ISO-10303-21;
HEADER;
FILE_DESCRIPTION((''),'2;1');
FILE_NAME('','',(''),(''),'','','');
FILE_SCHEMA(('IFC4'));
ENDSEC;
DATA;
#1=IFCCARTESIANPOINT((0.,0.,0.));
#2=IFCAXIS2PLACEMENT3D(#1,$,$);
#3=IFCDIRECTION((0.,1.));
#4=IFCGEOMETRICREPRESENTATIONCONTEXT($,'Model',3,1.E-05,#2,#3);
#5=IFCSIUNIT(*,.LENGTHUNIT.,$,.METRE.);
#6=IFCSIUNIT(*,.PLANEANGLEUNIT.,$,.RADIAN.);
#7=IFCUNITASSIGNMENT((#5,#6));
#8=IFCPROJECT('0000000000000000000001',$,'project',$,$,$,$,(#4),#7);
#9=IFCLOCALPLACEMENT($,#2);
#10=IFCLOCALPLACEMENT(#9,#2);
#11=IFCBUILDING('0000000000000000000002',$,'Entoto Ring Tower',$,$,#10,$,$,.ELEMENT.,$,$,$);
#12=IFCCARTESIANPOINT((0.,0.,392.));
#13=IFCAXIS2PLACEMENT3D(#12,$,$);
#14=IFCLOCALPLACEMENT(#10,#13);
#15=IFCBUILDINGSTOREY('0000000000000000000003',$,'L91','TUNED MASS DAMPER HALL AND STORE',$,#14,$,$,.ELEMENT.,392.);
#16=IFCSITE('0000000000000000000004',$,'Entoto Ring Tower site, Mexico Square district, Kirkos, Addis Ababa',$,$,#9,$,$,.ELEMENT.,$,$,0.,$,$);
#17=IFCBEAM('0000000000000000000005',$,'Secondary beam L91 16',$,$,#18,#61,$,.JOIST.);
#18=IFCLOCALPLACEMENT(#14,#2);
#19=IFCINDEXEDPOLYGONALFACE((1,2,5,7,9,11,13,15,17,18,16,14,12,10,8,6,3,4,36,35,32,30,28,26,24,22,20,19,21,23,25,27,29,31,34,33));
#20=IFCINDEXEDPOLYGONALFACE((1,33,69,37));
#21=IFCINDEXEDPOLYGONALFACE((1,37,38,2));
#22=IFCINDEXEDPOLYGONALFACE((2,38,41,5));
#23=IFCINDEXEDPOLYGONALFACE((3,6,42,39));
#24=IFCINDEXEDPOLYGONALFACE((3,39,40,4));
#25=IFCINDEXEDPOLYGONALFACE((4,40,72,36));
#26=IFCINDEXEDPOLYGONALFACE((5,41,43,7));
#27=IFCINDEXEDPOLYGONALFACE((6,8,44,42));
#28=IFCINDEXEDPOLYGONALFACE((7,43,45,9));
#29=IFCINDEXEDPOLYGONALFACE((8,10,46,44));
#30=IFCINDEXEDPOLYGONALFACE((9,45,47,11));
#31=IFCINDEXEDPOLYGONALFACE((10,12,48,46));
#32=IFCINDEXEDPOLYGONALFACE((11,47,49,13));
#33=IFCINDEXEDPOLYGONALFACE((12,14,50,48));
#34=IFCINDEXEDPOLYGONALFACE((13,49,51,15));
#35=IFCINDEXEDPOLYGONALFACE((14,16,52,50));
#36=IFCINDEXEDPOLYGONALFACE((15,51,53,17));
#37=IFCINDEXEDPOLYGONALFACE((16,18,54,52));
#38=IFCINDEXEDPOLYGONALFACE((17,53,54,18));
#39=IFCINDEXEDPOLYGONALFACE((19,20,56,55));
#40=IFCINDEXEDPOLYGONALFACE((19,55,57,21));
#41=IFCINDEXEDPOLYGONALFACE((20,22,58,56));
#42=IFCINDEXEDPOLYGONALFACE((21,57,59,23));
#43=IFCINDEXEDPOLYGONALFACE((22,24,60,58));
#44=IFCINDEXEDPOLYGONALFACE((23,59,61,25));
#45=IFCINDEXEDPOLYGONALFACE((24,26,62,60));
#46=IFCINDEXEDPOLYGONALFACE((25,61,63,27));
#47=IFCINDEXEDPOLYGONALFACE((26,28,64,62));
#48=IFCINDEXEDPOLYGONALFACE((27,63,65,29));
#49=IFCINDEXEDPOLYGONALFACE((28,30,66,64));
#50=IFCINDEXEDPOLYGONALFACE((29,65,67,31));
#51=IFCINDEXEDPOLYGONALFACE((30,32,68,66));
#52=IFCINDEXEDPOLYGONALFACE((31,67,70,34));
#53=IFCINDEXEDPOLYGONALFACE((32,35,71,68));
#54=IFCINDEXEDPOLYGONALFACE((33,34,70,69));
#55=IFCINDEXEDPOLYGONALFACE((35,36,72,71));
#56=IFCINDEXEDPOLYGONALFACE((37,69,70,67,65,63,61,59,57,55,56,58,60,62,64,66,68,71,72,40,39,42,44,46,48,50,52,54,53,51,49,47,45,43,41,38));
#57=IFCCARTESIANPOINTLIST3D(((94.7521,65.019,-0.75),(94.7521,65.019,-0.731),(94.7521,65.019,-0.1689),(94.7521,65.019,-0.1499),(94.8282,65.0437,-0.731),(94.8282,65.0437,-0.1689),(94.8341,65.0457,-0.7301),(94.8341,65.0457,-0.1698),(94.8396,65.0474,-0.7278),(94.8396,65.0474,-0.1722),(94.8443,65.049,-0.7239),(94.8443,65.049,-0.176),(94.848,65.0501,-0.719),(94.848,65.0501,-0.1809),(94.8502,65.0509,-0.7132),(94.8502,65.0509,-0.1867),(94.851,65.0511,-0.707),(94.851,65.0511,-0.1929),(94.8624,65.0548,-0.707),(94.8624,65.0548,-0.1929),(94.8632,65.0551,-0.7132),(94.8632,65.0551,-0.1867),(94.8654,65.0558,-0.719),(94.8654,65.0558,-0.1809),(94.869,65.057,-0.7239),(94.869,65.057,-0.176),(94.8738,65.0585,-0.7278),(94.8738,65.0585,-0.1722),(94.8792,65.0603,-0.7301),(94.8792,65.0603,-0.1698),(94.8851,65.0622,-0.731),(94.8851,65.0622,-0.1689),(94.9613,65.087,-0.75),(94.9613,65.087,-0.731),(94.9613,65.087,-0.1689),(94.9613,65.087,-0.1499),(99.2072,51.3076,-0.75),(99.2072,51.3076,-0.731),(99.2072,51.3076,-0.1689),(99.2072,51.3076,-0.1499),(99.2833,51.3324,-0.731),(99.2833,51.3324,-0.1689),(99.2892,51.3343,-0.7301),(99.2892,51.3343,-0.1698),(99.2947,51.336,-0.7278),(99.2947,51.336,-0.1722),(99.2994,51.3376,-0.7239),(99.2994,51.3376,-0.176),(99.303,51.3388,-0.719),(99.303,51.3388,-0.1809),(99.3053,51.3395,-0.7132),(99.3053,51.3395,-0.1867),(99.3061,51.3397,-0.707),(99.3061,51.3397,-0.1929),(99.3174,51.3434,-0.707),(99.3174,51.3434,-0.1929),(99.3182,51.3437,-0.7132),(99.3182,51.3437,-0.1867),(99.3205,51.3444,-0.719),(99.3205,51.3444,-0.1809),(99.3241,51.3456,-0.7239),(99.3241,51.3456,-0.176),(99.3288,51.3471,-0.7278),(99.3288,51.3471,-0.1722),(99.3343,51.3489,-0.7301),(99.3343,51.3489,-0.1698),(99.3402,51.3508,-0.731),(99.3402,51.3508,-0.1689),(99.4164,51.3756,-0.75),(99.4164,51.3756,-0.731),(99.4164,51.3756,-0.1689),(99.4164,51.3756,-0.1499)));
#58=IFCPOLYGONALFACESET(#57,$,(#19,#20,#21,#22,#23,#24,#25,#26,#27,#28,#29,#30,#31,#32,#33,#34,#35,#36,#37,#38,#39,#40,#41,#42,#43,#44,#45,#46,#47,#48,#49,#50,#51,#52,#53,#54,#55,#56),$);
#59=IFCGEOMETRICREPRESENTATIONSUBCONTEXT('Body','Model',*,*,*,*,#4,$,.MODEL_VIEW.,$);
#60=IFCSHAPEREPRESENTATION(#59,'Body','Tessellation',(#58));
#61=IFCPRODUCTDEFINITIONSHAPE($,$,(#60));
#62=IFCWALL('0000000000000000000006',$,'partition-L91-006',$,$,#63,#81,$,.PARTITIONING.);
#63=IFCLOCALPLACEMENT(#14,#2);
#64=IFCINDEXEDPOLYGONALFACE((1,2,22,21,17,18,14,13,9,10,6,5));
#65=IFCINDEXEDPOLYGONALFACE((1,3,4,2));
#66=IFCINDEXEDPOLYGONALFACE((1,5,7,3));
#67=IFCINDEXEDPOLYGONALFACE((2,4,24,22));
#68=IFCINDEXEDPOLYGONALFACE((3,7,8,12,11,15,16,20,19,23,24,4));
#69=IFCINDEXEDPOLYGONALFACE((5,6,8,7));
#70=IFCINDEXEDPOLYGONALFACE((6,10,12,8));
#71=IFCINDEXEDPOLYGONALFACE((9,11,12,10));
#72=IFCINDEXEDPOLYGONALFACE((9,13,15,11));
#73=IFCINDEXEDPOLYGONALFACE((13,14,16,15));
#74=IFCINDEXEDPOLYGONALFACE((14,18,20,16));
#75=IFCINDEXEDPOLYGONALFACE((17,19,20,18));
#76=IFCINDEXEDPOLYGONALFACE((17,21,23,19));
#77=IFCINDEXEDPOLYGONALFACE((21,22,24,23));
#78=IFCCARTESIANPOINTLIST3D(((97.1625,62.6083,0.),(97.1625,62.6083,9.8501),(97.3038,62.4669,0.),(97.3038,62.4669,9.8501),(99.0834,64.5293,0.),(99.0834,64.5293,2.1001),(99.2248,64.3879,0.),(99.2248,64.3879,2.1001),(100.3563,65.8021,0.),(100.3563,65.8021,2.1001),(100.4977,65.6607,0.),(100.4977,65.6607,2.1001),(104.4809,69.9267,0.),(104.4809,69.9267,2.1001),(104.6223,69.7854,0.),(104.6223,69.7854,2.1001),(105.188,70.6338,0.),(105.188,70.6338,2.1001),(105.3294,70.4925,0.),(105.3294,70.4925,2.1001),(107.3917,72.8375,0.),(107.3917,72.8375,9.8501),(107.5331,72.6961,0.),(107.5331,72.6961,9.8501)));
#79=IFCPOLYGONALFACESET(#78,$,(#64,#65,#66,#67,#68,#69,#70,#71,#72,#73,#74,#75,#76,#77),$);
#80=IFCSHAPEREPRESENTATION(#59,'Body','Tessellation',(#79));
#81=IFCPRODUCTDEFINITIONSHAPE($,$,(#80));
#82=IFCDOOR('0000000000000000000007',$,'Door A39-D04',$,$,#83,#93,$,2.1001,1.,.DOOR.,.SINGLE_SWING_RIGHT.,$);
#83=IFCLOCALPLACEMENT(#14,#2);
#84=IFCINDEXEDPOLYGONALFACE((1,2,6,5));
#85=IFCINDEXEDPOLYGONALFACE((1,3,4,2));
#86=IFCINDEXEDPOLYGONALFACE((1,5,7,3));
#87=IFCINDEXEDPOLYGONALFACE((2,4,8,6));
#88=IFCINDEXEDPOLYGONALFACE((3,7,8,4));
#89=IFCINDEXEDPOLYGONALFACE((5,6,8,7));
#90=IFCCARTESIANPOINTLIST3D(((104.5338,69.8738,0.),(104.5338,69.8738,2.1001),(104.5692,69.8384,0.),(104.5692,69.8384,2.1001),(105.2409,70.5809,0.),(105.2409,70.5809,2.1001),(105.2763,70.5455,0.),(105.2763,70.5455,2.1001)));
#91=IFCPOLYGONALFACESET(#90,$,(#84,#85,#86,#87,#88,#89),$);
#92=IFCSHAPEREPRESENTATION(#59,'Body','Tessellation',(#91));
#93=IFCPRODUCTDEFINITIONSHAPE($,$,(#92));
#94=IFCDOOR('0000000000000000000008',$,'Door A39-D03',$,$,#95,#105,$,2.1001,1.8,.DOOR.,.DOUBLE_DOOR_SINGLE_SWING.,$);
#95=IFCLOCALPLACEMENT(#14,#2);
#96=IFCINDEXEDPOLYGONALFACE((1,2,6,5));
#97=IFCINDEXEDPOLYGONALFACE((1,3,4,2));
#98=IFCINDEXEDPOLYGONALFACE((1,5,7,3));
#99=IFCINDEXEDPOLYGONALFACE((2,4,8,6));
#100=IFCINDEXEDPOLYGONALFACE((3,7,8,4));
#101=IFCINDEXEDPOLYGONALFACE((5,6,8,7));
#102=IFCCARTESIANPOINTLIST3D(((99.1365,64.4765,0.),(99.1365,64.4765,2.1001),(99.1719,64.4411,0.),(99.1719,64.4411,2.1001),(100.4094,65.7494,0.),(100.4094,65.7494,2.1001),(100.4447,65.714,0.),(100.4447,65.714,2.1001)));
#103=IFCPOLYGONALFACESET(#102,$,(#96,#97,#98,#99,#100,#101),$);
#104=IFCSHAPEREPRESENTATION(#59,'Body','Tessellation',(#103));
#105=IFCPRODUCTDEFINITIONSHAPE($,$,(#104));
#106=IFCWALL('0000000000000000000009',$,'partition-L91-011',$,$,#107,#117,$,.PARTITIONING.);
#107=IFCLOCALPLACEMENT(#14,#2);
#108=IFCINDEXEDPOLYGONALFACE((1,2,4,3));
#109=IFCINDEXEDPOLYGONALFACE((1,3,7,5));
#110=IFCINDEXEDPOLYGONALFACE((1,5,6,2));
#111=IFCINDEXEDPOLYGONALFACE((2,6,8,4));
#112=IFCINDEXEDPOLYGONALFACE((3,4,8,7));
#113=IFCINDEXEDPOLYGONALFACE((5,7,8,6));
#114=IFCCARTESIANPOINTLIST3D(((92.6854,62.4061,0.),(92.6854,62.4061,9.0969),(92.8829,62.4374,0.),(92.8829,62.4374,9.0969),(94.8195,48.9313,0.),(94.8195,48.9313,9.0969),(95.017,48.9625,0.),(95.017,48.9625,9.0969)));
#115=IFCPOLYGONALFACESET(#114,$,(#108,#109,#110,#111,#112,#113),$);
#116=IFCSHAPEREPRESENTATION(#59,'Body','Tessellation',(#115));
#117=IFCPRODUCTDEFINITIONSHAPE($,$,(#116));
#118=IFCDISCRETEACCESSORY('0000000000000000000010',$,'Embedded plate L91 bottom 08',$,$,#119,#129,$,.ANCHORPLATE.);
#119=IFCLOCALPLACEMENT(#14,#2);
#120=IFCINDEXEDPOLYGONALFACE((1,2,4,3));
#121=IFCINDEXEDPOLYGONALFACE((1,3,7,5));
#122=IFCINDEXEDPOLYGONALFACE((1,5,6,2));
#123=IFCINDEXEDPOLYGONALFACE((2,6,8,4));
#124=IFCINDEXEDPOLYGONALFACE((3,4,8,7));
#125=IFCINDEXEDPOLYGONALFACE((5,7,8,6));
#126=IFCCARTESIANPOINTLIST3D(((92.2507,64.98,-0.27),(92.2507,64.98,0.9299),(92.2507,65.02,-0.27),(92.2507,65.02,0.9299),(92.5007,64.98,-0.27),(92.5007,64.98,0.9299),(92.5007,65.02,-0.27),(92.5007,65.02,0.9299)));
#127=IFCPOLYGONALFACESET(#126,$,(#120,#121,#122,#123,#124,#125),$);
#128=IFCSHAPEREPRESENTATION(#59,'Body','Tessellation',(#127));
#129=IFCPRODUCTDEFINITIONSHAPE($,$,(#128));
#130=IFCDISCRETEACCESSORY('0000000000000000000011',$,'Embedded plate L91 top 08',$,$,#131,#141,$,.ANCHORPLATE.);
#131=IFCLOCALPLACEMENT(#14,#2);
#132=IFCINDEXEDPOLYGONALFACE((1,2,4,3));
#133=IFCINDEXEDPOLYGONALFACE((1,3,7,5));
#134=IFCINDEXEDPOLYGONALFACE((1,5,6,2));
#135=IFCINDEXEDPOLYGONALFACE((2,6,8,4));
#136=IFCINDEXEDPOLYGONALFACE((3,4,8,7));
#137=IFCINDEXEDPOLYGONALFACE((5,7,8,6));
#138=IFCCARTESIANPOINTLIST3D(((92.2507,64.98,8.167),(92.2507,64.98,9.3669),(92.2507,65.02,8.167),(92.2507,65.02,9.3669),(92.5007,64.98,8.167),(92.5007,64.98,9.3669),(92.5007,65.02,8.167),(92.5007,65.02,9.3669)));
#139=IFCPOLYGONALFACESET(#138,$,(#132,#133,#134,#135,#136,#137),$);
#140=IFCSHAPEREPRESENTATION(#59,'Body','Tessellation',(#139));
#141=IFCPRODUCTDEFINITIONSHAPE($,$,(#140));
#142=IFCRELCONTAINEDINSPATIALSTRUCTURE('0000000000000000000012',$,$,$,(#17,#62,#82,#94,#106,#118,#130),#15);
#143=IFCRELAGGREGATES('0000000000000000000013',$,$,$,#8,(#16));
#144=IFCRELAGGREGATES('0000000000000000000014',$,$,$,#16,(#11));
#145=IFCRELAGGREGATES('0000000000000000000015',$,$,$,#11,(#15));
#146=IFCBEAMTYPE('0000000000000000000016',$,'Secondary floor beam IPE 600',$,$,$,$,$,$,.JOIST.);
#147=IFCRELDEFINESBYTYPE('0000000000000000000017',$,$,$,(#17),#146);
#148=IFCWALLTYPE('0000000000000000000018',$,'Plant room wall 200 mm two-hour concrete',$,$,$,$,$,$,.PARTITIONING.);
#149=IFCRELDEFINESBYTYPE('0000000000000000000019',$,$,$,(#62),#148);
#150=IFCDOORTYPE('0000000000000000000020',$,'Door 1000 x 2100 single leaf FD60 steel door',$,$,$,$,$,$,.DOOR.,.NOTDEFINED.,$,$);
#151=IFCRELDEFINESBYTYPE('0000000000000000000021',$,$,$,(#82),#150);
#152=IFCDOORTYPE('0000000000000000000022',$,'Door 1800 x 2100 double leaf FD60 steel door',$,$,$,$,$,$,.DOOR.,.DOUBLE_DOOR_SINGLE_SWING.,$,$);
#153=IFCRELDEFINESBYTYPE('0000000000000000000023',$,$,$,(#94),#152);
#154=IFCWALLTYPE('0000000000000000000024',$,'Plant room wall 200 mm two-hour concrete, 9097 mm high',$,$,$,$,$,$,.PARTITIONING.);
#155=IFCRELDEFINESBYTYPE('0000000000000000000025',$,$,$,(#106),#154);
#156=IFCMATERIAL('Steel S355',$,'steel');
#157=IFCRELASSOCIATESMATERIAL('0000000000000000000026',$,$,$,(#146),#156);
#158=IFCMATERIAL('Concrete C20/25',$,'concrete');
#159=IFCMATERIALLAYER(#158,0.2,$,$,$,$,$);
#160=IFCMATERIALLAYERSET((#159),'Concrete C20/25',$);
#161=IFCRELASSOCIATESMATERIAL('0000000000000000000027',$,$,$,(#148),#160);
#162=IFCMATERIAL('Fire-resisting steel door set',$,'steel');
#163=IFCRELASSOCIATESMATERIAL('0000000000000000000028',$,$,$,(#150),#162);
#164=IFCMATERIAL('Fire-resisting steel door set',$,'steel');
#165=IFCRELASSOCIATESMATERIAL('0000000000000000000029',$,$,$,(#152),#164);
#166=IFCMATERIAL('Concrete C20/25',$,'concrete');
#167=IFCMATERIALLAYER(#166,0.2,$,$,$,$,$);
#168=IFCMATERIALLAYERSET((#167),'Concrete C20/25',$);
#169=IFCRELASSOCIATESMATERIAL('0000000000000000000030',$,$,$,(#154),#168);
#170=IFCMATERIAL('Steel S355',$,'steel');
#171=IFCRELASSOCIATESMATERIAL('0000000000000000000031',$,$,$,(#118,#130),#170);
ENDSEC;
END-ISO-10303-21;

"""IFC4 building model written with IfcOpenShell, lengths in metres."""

from ifc_helpers import new_model, si_unit, direction, frame, frame_2d, origin, origin_2d, place, context, subcontext, project, spatial, rectangle, i_section, extrude, material, layer, layer_set, material_profile, profile_set, type_object, element, fill, save


model = new_model("IFC4")

# Units and contexts
model_context = context("Model", 3, precision=1e-05, world=origin(), true_north=direction((0.0, 1.0)))
body_context = subcontext(model_context, "Body", "Model", "MODEL_VIEW")
ifc_project = project(units=[si_unit("LENGTHUNIT", "METRE"), si_unit("PLANEANGLEUNIT", "RADIAN")], contexts=[model_context])

# Site, building, storey
site_placement = place(None, origin())
site = spatial("IfcSite", under=ifc_project, at=site_placement, Name="Entoto Ring Tower site, Mexico Square district, Kirkos, Addis Ababa", CompositionType="ELEMENT", RefElevation=0.0)
building_placement = place(site_placement, origin())
building = spatial("IfcBuilding", under=site, at=building_placement, Name="Entoto Ring Tower", CompositionType="ELEMENT")
storey_placement = place(building_placement, frame((0.0, 0.0, 392.0)))
storey = spatial("IfcBuildingStorey", under=building, at=storey_placement, Name="L91", Description="TUNED MASS DAMPER HALL AND STORE", CompositionType="ELEMENT", Elevation=392.0)

# Beam
ifc_material_1 = material(Name="Steel S355", Category="steel")
ifc_material_profile_1 = material_profile(ifc_material_1, i_section(OverallWidth=0.22, OverallDepth=0.6001, WebThickness=0.012, FlangeThickness=0.019, FilletRadius=0.0239, at=origin_2d()), Name="IPE 600")
ifc_profile_set_1 = profile_set([ifc_material_profile_1], Name="Steel S355")
beam_type_1 = type_object("IfcBeamType", Name="Secondary floor beam IPE 600", PredefinedType="JOIST", material=ifc_profile_set_1)
beam_1_placement = place(storey_placement, frame((94.8567, 65.053, -0.45), z_axis=(0.309015, -0.951057, 0.0), x_axis=(0.951057, 0.309015, 0.0)))
element("IfcBeam", 1, at=beam_1_placement, inside=storey, type_object=beam_type_1, Name="Secondary beam L91 16", PredefinedType="JOIST", context=body_context, shape_type="SweptSolid", body=[
    extrude(i_section(OverallWidth=0.22, OverallDepth=0.6001, WebThickness=0.012, FlangeThickness=0.019, FilletRadius=0.0239, at=origin_2d()), origin(), (0.0, 0.0, 1.0), 14.417),
])

# Wall, openings, doors
ifc_material_2 = material(Name="Concrete C20/25", Category="concrete")
ifc_layer_1 = layer(ifc_material_2, 0.2)
ifc_layer_set_1 = layer_set([ifc_layer_1], Name="Concrete C20/25")
wall_type_1 = type_object("IfcWallType", Name="Plant room wall 200 mm two-hour concrete", PredefinedType="PARTITIONING", material=ifc_layer_set_1)
wall_1_placement = place(storey_placement, frame((97.2332, 62.5376, 0.0), z_axis=(0.0, 0.0, 1.0), x_axis=(0.707107, 0.707107, 0.0)))
wall_1 = element("IfcWall", 2, at=wall_1_placement, inside=storey, type_object=wall_type_1, Name="partition-L91-006", PredefinedType="PARTITIONING", context=body_context, shape_type="SweptSolid", body=[
    extrude(rectangle(XDim=14.4663, YDim=0.2, at=frame_2d((7.2332, 0.0))), origin(), (0.0, 0.0, 1.0), 9.8501),
])
opening_1_placement = place(wall_1_placement, frame((2.7168, 0.0, 0.0)))
opening_1 = element("IfcOpeningElement", 3, at=opening_1_placement, cuts=wall_1, PredefinedType="OPENING", context=body_context, shape_type="SweptSolid", body=[
    extrude(rectangle(XDim=1.8, YDim=2.1001, at=frame_2d((0.8999, 1.05))), frame((0.0, 0.1099, 0.0), z_axis=(0.0, -1.0, 0.0), x_axis=(1.0, 0.0, 0.0)), (0.0, 0.0, 1.0), 0.22),
])
opening_2_placement = place(wall_1_placement, frame((10.3499, 0.0, 0.0)))
opening_2 = element("IfcOpeningElement", 4, at=opening_2_placement, cuts=wall_1, PredefinedType="OPENING", context=body_context, shape_type="SweptSolid", body=[
    extrude(rectangle(XDim=1.0, YDim=2.1001, at=frame_2d((0.5, 1.05))), frame((0.0, 0.1099, 0.0), z_axis=(0.0, -1.0, 0.0), x_axis=(1.0, 0.0, 0.0)), (0.0, 0.0, 1.0), 0.22),
])
ifc_material_3 = material(Name="Fire-resisting steel door set", Category="steel")
door_type_1 = type_object("IfcDoorType", Name="Door 1000 x 2100 single leaf FD60 steel door", OperationType="NOTDEFINED", PredefinedType="DOOR", material=ifc_material_3)
door_1_placement = place(opening_2_placement, frame((1.0, 0.0, 0.0), z_axis=(0.0, 0.0, 1.0), x_axis=(-1.0, 0.0, 0.0)))
door_1 = element("IfcDoor", 5, at=door_1_placement, inside=storey, type_object=door_type_1, Name="Door A39-D04", OperationType="SINGLE_SWING_RIGHT", OverallHeight=2.1001, OverallWidth=1.0, PredefinedType="DOOR", context=body_context, shape_type="SweptSolid", body=[
    extrude(rectangle(XDim=1.0, YDim=2.1001, at=frame_2d((0.5, 1.05))), frame((0.0, 0.0249, 0.0), z_axis=(0.0, -1.0, 0.0), x_axis=(1.0, 0.0, 0.0)), (0.0, 0.0, 1.0), 0.05),
])
fill(opening_2, door_1)
ifc_material_4 = material(Name="Fire-resisting steel door set", Category="steel")
door_type_2 = type_object("IfcDoorType", Name="Door 1800 x 2100 double leaf FD60 steel door", OperationType="DOUBLE_DOOR_SINGLE_SWING", PredefinedType="DOOR", material=ifc_material_4)
door_2_placement = place(opening_1_placement, frame((1.8, 0.0, 0.0), z_axis=(0.0, 0.0, 1.0), x_axis=(-1.0, 0.0, 0.0)))
door_2 = element("IfcDoor", 6, at=door_2_placement, inside=storey, type_object=door_type_2, Name="Door A39-D03", OperationType="DOUBLE_DOOR_SINGLE_SWING", OverallHeight=2.1001, OverallWidth=1.8, PredefinedType="DOOR", context=body_context, shape_type="SweptSolid", body=[
    extrude(rectangle(XDim=1.8, YDim=2.1001, at=frame_2d((0.8999, 1.05))), frame((0.0, 0.0249, 0.0), z_axis=(0.0, -1.0, 0.0), x_axis=(1.0, 0.0, 0.0)), (0.0, 0.0, 1.0), 0.05),
])
fill(opening_1, door_2)

# Wall
ifc_material_5 = material(Name="Concrete C20/25", Category="concrete")
ifc_layer_2 = layer(ifc_material_5, 0.2)
ifc_layer_set_2 = layer_set([ifc_layer_2], Name="Concrete C20/25")
wall_type_2 = type_object("IfcWallType", Name="Plant room wall 200 mm two-hour concrete, 9097 mm high", PredefinedType="PARTITIONING", material=ifc_layer_set_2)
wall_2_placement = place(storey_placement, frame((94.9182, 48.947, 0.0), z_axis=(0.0, 0.0, 1.0), x_axis=(-0.156422, 0.98769, 0.0)))
element("IfcWall", 7, at=wall_2_placement, inside=storey, type_object=wall_type_2, Name="partition-L91-011", PredefinedType="PARTITIONING", context=body_context, shape_type="SweptSolid", body=[
    extrude(rectangle(XDim=13.6428, YDim=0.2, at=frame_2d((6.8213, 0.0))), origin(), (0.0, 0.0, 1.0), 9.0969),
])

# Discrete accessories
ifc_material_6 = material(Name="Steel S355", Category="steel")
for number, where, z_axis, x_axis, name in (
    (8, (92.3757, 65.0, -0.27), (0.0, 0.0, 1.0), (0.0, -1.0, 0.0), "Embedded plate L91 bottom 08"),
    (9, (92.3757, 65.0, 8.167), (0.0, 0.0, 1.0), (0.0, -1.0, 0.0), "Embedded plate L91 top 08"),
):
    element("IfcDiscreteAccessory", number, at=place(storey_placement, frame(where, z_axis=z_axis, x_axis=x_axis)), inside=storey, material=ifc_material_6, Name=name, PredefinedType="ANCHORPLATE", context=body_context, shape_type="SweptSolid", body=[
        extrude(rectangle(XDim=0.04, YDim=0.25, at=origin_2d()), origin(), (0.0, 0.0, 1.0), 1.2),
    ])

save(model, "model.ifc")
